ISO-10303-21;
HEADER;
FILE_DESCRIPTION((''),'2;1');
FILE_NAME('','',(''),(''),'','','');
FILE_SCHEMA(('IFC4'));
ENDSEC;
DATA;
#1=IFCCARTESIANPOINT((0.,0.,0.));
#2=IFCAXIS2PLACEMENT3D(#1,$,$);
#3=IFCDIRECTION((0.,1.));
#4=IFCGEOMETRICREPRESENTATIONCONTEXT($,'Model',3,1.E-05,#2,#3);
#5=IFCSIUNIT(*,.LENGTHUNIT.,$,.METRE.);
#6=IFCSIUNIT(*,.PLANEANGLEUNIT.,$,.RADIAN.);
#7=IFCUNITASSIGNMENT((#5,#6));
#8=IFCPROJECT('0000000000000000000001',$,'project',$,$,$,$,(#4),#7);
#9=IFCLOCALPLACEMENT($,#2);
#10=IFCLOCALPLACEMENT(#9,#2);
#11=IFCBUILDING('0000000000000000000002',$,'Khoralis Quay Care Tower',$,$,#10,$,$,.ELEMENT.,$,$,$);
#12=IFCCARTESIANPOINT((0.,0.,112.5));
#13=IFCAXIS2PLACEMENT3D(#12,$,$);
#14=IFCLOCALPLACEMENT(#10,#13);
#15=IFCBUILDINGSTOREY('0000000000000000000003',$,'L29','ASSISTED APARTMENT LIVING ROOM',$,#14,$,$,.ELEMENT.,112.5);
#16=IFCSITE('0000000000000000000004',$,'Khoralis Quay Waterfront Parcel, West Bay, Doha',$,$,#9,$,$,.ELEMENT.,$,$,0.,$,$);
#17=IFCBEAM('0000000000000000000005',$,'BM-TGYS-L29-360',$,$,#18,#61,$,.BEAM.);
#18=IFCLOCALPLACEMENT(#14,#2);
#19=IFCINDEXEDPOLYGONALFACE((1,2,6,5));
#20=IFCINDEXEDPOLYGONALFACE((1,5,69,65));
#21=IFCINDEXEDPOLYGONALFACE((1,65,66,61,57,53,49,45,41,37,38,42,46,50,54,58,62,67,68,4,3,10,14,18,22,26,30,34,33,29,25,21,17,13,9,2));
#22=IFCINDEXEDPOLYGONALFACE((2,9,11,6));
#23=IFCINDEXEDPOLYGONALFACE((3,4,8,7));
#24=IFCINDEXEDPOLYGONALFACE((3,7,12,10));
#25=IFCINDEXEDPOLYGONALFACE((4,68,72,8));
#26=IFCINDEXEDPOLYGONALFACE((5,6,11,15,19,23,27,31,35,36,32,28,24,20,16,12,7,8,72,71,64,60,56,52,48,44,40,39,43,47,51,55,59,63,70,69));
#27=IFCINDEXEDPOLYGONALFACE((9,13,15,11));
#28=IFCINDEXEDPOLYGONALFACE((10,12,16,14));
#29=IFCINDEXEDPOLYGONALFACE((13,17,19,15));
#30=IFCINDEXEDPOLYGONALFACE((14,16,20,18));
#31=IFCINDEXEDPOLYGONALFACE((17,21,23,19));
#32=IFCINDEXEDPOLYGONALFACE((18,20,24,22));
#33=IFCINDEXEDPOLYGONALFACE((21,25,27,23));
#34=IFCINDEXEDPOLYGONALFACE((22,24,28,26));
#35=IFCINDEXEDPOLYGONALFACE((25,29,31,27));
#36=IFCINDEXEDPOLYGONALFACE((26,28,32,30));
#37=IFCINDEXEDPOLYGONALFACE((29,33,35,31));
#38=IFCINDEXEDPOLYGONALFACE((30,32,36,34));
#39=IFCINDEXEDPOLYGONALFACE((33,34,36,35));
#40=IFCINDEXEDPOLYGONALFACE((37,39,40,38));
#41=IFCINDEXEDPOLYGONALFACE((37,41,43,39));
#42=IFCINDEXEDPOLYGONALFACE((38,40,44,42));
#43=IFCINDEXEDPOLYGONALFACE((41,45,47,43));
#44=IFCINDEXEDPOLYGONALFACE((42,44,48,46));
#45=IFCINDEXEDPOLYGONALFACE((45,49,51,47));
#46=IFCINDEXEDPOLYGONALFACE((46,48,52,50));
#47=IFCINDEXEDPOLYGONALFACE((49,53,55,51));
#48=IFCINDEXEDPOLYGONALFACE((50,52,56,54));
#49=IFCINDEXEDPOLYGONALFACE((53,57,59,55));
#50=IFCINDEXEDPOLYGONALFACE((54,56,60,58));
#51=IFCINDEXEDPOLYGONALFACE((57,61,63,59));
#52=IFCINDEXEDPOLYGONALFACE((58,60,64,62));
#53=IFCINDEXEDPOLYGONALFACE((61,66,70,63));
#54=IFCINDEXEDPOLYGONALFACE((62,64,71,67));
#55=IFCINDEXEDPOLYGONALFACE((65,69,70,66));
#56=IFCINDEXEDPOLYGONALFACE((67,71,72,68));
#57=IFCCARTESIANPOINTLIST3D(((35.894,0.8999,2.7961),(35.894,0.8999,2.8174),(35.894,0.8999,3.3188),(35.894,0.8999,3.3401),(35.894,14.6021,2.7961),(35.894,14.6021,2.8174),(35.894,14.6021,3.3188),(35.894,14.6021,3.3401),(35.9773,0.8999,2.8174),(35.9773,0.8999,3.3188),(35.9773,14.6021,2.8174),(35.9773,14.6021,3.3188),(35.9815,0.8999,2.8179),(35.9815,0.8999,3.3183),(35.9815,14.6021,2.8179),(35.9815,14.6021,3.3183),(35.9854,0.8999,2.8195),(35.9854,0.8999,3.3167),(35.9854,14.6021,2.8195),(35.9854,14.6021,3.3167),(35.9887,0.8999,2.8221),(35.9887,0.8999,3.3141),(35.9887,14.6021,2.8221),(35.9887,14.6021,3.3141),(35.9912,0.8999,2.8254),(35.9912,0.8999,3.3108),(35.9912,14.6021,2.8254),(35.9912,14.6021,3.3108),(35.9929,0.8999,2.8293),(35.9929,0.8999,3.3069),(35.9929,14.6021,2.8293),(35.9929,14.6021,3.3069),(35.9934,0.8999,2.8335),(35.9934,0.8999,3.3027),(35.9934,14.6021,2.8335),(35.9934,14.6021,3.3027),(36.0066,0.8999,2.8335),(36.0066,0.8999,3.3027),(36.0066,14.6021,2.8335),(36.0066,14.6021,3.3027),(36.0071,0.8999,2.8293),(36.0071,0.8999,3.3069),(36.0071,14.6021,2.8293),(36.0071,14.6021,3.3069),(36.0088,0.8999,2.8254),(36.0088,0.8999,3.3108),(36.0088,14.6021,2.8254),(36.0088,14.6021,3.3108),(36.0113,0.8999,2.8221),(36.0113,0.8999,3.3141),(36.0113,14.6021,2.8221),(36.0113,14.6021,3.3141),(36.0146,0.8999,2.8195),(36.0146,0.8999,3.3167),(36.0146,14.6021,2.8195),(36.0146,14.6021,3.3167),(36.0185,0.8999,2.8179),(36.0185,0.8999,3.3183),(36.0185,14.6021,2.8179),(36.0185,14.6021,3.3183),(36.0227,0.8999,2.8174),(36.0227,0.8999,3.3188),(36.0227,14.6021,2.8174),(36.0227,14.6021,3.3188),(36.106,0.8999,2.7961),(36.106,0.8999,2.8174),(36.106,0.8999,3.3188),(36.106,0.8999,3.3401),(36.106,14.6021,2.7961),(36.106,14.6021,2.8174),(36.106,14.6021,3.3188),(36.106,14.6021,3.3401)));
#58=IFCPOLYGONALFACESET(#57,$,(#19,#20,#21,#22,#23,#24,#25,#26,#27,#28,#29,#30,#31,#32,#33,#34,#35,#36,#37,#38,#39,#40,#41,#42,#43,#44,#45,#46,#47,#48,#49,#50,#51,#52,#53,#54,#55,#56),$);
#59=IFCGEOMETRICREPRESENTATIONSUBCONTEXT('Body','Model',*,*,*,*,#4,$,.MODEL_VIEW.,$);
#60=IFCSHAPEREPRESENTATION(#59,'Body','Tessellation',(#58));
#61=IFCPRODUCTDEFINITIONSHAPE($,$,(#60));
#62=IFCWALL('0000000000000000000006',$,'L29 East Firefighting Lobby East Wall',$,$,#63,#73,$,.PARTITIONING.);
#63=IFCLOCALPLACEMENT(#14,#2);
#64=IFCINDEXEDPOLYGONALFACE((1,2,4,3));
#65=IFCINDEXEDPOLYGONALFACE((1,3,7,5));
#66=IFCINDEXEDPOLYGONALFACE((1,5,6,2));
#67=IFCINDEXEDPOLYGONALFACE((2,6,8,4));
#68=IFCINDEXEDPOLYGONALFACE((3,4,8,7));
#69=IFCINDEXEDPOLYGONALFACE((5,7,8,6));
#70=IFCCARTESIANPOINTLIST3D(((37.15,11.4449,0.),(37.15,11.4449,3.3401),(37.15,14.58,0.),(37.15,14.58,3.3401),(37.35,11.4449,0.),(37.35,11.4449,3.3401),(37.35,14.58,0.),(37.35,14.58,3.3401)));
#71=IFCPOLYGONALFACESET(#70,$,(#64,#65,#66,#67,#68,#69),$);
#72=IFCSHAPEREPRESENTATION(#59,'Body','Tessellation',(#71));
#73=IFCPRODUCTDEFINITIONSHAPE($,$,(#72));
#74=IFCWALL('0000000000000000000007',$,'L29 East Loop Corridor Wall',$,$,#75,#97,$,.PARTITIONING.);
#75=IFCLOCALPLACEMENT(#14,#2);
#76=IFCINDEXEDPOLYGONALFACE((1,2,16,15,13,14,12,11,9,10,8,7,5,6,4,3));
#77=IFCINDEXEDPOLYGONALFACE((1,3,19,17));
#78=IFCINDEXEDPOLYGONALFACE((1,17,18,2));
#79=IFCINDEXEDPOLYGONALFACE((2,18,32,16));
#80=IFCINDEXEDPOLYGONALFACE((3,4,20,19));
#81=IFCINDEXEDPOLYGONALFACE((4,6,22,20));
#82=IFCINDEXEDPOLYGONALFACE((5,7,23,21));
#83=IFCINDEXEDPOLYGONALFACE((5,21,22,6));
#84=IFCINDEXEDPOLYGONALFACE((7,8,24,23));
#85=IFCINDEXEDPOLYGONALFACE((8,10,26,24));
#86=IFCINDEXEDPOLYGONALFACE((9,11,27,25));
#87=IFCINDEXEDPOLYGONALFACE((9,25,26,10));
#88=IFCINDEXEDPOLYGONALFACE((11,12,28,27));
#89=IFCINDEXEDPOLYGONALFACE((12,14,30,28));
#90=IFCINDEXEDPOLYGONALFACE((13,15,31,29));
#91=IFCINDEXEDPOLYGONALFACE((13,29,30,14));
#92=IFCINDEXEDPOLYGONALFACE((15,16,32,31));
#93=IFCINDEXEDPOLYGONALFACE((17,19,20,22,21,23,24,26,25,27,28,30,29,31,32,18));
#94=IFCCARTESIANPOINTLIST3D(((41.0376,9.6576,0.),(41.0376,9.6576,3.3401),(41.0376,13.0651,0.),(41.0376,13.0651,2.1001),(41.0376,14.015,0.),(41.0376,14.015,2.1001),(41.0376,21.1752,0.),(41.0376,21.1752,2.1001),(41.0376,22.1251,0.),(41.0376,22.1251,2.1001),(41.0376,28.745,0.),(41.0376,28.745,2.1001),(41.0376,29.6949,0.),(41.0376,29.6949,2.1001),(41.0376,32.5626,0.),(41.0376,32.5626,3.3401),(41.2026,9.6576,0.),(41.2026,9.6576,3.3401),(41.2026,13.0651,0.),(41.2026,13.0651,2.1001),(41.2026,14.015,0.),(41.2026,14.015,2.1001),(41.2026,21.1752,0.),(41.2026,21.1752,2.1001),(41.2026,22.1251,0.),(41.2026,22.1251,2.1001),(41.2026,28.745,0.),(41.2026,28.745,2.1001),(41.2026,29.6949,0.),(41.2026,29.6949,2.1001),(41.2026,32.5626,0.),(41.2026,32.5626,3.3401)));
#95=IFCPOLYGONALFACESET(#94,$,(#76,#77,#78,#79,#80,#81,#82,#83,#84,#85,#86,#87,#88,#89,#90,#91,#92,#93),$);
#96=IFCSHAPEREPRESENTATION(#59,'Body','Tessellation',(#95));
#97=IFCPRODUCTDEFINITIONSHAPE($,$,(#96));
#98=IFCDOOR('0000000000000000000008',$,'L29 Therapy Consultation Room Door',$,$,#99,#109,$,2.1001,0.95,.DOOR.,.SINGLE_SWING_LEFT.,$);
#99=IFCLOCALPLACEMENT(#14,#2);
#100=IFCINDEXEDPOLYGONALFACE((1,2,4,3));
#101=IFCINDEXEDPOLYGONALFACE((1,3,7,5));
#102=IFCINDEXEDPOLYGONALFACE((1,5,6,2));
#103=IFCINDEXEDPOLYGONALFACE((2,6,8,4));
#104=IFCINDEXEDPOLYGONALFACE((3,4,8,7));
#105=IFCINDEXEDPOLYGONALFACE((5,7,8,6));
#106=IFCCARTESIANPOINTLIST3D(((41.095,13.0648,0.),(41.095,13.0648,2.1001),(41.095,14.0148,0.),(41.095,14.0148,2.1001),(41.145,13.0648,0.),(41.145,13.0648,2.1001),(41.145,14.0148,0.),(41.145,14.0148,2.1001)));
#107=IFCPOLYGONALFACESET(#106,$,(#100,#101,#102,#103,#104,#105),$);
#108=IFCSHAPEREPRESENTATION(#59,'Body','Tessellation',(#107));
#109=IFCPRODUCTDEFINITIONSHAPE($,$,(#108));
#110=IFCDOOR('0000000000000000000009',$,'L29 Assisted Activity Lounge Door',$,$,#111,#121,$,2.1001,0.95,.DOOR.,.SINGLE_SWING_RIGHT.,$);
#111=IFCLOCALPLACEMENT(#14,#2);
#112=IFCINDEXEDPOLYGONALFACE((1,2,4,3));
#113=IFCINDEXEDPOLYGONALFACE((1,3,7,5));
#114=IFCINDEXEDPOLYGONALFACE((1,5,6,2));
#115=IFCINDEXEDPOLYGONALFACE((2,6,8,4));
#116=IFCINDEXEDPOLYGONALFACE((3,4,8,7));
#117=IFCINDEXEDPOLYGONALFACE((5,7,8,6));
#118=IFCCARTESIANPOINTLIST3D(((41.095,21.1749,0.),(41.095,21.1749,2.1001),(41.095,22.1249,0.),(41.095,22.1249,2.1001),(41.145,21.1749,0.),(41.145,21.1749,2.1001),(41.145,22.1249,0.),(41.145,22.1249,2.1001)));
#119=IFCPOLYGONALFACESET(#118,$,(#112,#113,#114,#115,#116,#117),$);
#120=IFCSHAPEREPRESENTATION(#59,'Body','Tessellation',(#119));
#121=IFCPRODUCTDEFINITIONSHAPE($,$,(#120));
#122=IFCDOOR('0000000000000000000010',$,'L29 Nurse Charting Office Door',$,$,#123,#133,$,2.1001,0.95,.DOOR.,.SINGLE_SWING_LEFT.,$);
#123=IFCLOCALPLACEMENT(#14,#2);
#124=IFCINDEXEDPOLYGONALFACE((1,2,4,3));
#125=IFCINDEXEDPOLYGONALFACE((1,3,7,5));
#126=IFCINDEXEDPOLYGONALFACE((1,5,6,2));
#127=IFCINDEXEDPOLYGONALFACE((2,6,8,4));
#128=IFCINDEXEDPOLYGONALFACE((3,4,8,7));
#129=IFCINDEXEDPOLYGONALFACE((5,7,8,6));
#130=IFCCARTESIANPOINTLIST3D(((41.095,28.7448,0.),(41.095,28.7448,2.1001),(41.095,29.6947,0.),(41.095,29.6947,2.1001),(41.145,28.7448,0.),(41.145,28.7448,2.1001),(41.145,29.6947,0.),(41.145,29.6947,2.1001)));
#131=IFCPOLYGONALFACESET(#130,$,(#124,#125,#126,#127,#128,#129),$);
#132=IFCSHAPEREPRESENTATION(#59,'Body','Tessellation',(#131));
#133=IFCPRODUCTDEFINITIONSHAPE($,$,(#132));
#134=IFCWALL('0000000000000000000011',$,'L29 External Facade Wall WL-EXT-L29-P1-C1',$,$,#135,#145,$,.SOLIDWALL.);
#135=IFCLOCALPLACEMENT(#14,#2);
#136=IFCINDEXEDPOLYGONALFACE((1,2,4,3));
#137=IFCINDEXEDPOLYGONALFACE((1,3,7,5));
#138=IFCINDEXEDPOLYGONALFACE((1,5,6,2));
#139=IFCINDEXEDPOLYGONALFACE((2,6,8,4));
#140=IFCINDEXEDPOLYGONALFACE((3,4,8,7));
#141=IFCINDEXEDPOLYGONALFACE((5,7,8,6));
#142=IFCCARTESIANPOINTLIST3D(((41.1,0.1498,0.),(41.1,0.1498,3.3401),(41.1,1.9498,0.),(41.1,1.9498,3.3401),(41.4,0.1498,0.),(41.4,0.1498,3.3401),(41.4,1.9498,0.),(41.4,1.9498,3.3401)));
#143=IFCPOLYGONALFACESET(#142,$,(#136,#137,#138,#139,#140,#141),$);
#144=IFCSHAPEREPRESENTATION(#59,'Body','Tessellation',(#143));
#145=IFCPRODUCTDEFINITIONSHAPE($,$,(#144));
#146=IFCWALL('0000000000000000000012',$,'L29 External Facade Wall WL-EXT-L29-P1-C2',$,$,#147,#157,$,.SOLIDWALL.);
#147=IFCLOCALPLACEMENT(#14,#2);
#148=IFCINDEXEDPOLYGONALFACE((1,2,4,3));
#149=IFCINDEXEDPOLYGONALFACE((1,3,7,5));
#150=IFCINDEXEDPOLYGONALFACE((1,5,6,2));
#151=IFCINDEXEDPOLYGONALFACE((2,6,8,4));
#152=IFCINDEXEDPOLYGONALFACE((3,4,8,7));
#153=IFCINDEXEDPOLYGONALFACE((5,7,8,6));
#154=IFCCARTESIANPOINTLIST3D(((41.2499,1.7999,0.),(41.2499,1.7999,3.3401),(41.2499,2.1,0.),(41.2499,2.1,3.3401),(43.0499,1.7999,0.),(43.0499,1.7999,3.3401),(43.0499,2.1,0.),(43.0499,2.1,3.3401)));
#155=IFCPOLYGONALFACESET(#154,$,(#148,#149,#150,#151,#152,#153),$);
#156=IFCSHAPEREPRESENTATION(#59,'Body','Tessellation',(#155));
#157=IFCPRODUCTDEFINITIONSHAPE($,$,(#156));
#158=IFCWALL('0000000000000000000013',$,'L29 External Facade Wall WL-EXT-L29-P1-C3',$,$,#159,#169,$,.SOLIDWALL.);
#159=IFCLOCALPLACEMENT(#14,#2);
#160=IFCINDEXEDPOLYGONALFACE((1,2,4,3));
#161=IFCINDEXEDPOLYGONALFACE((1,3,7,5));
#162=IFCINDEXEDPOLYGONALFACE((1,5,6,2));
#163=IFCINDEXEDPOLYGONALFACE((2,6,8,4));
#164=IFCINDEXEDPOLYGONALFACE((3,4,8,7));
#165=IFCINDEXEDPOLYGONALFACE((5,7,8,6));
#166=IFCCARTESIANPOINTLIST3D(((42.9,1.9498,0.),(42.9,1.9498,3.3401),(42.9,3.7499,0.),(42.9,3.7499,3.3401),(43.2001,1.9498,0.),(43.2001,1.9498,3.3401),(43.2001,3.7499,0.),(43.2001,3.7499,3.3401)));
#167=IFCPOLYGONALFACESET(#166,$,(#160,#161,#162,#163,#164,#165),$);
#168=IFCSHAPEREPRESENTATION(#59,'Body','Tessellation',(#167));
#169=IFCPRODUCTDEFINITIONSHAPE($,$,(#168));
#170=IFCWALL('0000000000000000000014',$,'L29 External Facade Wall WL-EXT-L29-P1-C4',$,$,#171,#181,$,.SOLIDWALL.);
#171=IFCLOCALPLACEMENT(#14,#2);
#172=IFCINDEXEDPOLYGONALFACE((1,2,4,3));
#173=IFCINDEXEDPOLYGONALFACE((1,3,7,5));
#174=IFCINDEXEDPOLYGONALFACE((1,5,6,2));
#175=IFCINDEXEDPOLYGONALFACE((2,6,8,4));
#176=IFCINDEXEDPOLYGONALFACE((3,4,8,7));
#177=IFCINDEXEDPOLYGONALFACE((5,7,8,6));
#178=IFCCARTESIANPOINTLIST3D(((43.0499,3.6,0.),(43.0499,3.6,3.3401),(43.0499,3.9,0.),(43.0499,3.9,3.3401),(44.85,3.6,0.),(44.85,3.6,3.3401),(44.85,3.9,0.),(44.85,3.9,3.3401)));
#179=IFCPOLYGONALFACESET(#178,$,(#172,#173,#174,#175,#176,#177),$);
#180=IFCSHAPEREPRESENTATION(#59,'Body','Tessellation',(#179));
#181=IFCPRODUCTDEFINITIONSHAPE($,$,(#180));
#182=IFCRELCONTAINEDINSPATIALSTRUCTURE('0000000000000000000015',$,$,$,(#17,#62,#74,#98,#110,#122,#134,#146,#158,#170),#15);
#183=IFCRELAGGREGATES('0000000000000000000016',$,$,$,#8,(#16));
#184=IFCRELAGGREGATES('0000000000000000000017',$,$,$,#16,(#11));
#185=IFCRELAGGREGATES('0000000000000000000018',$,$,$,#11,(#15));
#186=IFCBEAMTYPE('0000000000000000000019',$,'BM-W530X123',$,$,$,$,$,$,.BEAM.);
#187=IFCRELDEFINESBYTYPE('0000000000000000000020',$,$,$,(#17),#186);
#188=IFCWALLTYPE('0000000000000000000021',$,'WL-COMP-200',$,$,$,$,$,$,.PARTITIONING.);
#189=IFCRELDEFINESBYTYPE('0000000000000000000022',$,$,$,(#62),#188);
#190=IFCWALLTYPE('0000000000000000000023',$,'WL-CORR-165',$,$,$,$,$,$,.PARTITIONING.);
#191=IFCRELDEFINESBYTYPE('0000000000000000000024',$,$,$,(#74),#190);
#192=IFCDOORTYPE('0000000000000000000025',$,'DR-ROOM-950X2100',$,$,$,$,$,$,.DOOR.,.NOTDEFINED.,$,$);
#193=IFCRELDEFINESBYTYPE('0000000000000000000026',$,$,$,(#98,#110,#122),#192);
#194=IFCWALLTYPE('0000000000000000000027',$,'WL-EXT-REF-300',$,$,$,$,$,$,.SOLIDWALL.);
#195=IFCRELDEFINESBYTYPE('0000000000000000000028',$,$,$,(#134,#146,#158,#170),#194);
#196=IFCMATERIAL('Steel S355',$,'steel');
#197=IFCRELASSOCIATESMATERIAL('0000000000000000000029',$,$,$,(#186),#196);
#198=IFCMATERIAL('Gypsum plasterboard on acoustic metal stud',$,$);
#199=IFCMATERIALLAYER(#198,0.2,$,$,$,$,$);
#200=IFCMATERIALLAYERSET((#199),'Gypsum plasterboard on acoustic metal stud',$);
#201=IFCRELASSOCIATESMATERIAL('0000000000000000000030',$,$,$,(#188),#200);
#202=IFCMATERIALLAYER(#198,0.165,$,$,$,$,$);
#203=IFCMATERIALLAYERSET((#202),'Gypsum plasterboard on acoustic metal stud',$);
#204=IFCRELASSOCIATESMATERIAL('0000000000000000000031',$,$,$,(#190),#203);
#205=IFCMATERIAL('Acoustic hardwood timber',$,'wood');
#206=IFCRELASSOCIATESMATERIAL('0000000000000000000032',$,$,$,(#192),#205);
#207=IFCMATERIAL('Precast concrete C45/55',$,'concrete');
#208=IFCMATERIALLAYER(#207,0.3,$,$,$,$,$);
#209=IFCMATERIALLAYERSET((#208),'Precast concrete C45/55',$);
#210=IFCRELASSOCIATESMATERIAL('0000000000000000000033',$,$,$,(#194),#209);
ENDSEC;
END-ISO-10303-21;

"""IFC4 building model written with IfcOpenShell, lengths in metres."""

from ifc_helpers import new_model, si_unit, direction, frame, frame_2d, origin, origin_2d, place, context, subcontext, project, spatial, rectangle, i_section, extrude, source, transform, mapped, material, layer, layer_set, material_profile, profile_set, type_object, element, fill, save


model = new_model("IFC4")

# Units and contexts
model_context = context("Model", 3, precision=1e-05, world=origin(), true_north=direction((0.0, 1.0)))
body_context = subcontext(model_context, "Body", "Model", "MODEL_VIEW")
ifc_project = project(units=[si_unit("LENGTHUNIT", "METRE"), si_unit("PLANEANGLEUNIT", "RADIAN")], contexts=[model_context])

# Site, building, storey
site_placement = place(None, origin())
site = spatial("IfcSite", under=ifc_project, at=site_placement, Name="Khoralis Quay Waterfront Parcel, West Bay, Doha", CompositionType="ELEMENT", RefElevation=0.0)
building_placement = place(site_placement, origin())
building = spatial("IfcBuilding", under=site, at=building_placement, Name="Khoralis Quay Care Tower", CompositionType="ELEMENT")
storey_placement = place(building_placement, frame((0.0, 0.0, 112.5)))
storey = spatial("IfcBuildingStorey", under=building, at=storey_placement, Name="L29", Description="ASSISTED APARTMENT LIVING ROOM", CompositionType="ELEMENT", Elevation=112.5)

# Beam
ifc_material_1 = material(Name="Steel S355", Category="steel")
ifc_material_profile_1 = material_profile(ifc_material_1, i_section(OverallWidth=0.2119, OverallDepth=0.5439, WebThickness=0.0132, FlangeThickness=0.0212, FilletRadius=0.0161, at=origin_2d()), Name="Steel S355")
ifc_profile_set_1 = profile_set([ifc_material_profile_1], Name="Steel S355")
beam_type_1 = type_object("IfcBeamType", Name="BM-W530X123", PredefinedType="BEAM", material=ifc_profile_set_1)
shared_shape_1 = source(origin(), body_context, "Body", "SweptSolid", [
    extrude(i_section(OverallWidth=0.2119, OverallDepth=0.5439, WebThickness=0.0132, FlangeThickness=0.0212, FilletRadius=0.0161, at=origin_2d()), origin(), (0.0, 0.0, 1.0), 13.7021),
])
beam_1_placement = place(storey_placement, frame((36.0, 0.8999, 3.0681), z_axis=(0.0, 1.0, 0.0), x_axis=(-1.0, 0.0, 0.0)))
element("IfcBeam", 1, at=beam_1_placement, inside=storey, type_object=beam_type_1, Name="BM-TGYS-L29-360", PredefinedType="BEAM", context=body_context, shape_type="MappedRepresentation", body=[
    mapped(shared_shape_1, transform((0.0, 0.0, 0.0), scale=1.0)),
])

# Wall
ifc_material_2 = material(Name="Gypsum plasterboard on acoustic metal stud")
ifc_layer_1 = layer(ifc_material_2, 0.2)
ifc_layer_set_1 = layer_set([ifc_layer_1], Name="Gypsum plasterboard on acoustic metal stud")
wall_type_1 = type_object("IfcWallType", Name="WL-COMP-200", PredefinedType="PARTITIONING", material=ifc_layer_set_1)
wall_1_placement = place(storey_placement, frame((37.25, 11.4451, 0.0), z_axis=(0.0, 0.0, 1.0), x_axis=(0.0, 1.0, 0.0)))
element("IfcWall", 2, at=wall_1_placement, inside=storey, type_object=wall_type_1, Name="L29 East Firefighting Lobby East Wall", PredefinedType="PARTITIONING", context=body_context, shape_type="SweptSolid", body=[
    extrude(rectangle(XDim=3.135, YDim=0.2, at=frame_2d((1.5674, 0.0))), origin(), (0.0, 0.0, 1.0), 3.3401),
])

# Wall, openings, doors
ifc_layer_2 = layer(ifc_material_2, 0.165)
ifc_layer_set_2 = layer_set([ifc_layer_2], Name="Gypsum plasterboard on acoustic metal stud")
wall_type_2 = type_object("IfcWallType", Name="WL-CORR-165", PredefinedType="PARTITIONING", material=ifc_layer_set_2)
wall_2_placement = place(storey_placement, frame((41.1201, 9.6575, 0.0), z_axis=(0.0, 0.0, 1.0), x_axis=(0.0, 1.0, 0.0)))
wall_2 = element("IfcWall", 3, at=wall_2_placement, inside=storey, type_object=wall_type_2, Name="L29 East Loop Corridor Wall", PredefinedType="PARTITIONING", context=body_context, shape_type="SweptSolid", body=[
    extrude(rectangle(XDim=22.905, YDim=0.165, at=frame_2d((11.4526, 0.0))), origin(), (0.0, 0.0, 1.0), 3.3401),
])
opening_1_placement = place(wall_2_placement, frame((3.4075, 0.0, 0.0)))
opening_1 = element("IfcOpeningElement", 4, at=opening_1_placement, cuts=wall_2, PredefinedType="OPENING", context=body_context, shape_type="SweptSolid", body=[
    extrude(rectangle(XDim=0.95, YDim=2.1001, at=frame_2d((0.4751, 1.05))), frame((0.0, 0.0925, 0.0), z_axis=(0.0, -1.0, 0.0), x_axis=(1.0, 0.0, 0.0)), (0.0, 0.0, 1.0), 0.1851),
])
opening_2_placement = place(wall_2_placement, frame((11.5176, 0.0, 0.0)))
opening_2 = element("IfcOpeningElement", 5, at=opening_2_placement, cuts=wall_2, PredefinedType="OPENING", context=body_context, shape_type="SweptSolid", body=[
    extrude(rectangle(XDim=0.95, YDim=2.1001, at=frame_2d((0.4751, 1.05))), frame((0.0, 0.0925, 0.0), z_axis=(0.0, -1.0, 0.0), x_axis=(1.0, 0.0, 0.0)), (0.0, 0.0, 1.0), 0.1851),
])
opening_3_placement = place(wall_2_placement, frame((19.0874, 0.0, 0.0)))
opening_3 = element("IfcOpeningElement", 6, at=opening_3_placement, cuts=wall_2, PredefinedType="OPENING", context=body_context, shape_type="SweptSolid", body=[
    extrude(rectangle(XDim=0.95, YDim=2.1001, at=frame_2d((0.4751, 1.05))), frame((0.0, 0.0925, 0.0), z_axis=(0.0, -1.0, 0.0), x_axis=(1.0, 0.0, 0.0)), (0.0, 0.0, 1.0), 0.1851),
])
ifc_material_3 = material(Name="Acoustic hardwood timber", Category="wood")
door_type = type_object("IfcDoorType", Name="DR-ROOM-950X2100", OperationType="NOTDEFINED", PredefinedType="DOOR", material=ifc_material_3)
shared_shape_2 = source(origin(), body_context, "Body", "SweptSolid", [
    extrude(rectangle(XDim=0.95, YDim=2.1001, at=frame_2d((0.4751, 1.05))), frame((0.0, 0.0249, 0.0), z_axis=(0.0, -1.0, 0.0), x_axis=(1.0, 0.0, 0.0)), (0.0, 0.0, 1.0), 0.05),
])
door_1_placement = place(opening_1_placement, frame((0.95, 0.0, 0.0), z_axis=(0.0, 0.0, 1.0), x_axis=(-1.0, 0.0, 0.0)))
door_1 = element("IfcDoor", 7, at=door_1_placement, inside=storey, type_object=door_type, Name="L29 Therapy Consultation Room Door", OperationType="SINGLE_SWING_LEFT", OverallHeight=2.1001, OverallWidth=0.95, PredefinedType="DOOR", context=body_context, shape_type="MappedRepresentation", body=[
    mapped(shared_shape_2, transform((0.0, 0.0, 0.0), scale=1.0)),
])
fill(opening_1, door_1)
door_2_placement = place(opening_2_placement, frame((0.95, 0.0, 0.0), z_axis=(0.0, 0.0, 1.0), x_axis=(-1.0, 0.0, 0.0)))
door_2 = element("IfcDoor", 8, at=door_2_placement, inside=storey, type_object=door_type, Name="L29 Assisted Activity Lounge Door", OperationType="SINGLE_SWING_RIGHT", OverallHeight=2.1001, OverallWidth=0.95, PredefinedType="DOOR", context=body_context, shape_type="MappedRepresentation", body=[
    mapped(shared_shape_2, transform((0.0, 0.0, 0.0), scale=1.0)),
])
fill(opening_2, door_2)
door_3_placement = place(opening_3_placement, frame((0.95, 0.0, 0.0), z_axis=(0.0, 0.0, 1.0), x_axis=(-1.0, 0.0, 0.0)))
door_3 = element("IfcDoor", 9, at=door_3_placement, inside=storey, type_object=door_type, Name="L29 Nurse Charting Office Door", OperationType="SINGLE_SWING_LEFT", OverallHeight=2.1001, OverallWidth=0.95, PredefinedType="DOOR", context=body_context, shape_type="MappedRepresentation", body=[
    mapped(shared_shape_2, transform((0.0, 0.0, 0.0), scale=1.0)),
])
fill(opening_3, door_3)

# Walls
ifc_material_4 = material(Name="Precast concrete C45/55", Category="concrete")
ifc_layer_3 = layer(ifc_material_4, 0.3)
ifc_layer_set_3 = layer_set([ifc_layer_3], Name="Precast concrete C45/55")
wall_type_3 = type_object("IfcWallType", Name="WL-EXT-REF-300", PredefinedType="SOLIDWALL", material=ifc_layer_set_3)
for number, where, z_axis, x_axis, name in (
    (10, (41.25, 0.1499, 0.0), (0.0, 0.0, 1.0), (0.0, 1.0, 0.0), "L29 External Facade Wall WL-EXT-L29-P1-C1"),
    (11, (41.25, 1.95, 0.0), (0.0, 0.0, 1.0), (1.0, 0.0, 0.0), "L29 External Facade Wall WL-EXT-L29-P1-C2"),
    (12, (43.05, 1.95, 0.0), (0.0, 0.0, 1.0), (0.0, 1.0, 0.0), "L29 External Facade Wall WL-EXT-L29-P1-C3"),
    (13, (43.05, 3.75, 0.0), (0.0, 0.0, 1.0), (1.0, 0.0, 0.0), "L29 External Facade Wall WL-EXT-L29-P1-C4"),
):
    element("IfcWall", number, at=place(storey_placement, frame(where, z_axis=z_axis, x_axis=x_axis)), inside=storey, type_object=wall_type_3, Name=name, PredefinedType="SOLIDWALL", context=body_context, shape_type="SweptSolid", body=[
        extrude(rectangle(XDim=1.8, YDim=0.3, at=frame_2d((0.8999, 0.0))), origin(), (0.0, 0.0, 1.0), 3.3401),
    ])

save(model, "model.ifc")
